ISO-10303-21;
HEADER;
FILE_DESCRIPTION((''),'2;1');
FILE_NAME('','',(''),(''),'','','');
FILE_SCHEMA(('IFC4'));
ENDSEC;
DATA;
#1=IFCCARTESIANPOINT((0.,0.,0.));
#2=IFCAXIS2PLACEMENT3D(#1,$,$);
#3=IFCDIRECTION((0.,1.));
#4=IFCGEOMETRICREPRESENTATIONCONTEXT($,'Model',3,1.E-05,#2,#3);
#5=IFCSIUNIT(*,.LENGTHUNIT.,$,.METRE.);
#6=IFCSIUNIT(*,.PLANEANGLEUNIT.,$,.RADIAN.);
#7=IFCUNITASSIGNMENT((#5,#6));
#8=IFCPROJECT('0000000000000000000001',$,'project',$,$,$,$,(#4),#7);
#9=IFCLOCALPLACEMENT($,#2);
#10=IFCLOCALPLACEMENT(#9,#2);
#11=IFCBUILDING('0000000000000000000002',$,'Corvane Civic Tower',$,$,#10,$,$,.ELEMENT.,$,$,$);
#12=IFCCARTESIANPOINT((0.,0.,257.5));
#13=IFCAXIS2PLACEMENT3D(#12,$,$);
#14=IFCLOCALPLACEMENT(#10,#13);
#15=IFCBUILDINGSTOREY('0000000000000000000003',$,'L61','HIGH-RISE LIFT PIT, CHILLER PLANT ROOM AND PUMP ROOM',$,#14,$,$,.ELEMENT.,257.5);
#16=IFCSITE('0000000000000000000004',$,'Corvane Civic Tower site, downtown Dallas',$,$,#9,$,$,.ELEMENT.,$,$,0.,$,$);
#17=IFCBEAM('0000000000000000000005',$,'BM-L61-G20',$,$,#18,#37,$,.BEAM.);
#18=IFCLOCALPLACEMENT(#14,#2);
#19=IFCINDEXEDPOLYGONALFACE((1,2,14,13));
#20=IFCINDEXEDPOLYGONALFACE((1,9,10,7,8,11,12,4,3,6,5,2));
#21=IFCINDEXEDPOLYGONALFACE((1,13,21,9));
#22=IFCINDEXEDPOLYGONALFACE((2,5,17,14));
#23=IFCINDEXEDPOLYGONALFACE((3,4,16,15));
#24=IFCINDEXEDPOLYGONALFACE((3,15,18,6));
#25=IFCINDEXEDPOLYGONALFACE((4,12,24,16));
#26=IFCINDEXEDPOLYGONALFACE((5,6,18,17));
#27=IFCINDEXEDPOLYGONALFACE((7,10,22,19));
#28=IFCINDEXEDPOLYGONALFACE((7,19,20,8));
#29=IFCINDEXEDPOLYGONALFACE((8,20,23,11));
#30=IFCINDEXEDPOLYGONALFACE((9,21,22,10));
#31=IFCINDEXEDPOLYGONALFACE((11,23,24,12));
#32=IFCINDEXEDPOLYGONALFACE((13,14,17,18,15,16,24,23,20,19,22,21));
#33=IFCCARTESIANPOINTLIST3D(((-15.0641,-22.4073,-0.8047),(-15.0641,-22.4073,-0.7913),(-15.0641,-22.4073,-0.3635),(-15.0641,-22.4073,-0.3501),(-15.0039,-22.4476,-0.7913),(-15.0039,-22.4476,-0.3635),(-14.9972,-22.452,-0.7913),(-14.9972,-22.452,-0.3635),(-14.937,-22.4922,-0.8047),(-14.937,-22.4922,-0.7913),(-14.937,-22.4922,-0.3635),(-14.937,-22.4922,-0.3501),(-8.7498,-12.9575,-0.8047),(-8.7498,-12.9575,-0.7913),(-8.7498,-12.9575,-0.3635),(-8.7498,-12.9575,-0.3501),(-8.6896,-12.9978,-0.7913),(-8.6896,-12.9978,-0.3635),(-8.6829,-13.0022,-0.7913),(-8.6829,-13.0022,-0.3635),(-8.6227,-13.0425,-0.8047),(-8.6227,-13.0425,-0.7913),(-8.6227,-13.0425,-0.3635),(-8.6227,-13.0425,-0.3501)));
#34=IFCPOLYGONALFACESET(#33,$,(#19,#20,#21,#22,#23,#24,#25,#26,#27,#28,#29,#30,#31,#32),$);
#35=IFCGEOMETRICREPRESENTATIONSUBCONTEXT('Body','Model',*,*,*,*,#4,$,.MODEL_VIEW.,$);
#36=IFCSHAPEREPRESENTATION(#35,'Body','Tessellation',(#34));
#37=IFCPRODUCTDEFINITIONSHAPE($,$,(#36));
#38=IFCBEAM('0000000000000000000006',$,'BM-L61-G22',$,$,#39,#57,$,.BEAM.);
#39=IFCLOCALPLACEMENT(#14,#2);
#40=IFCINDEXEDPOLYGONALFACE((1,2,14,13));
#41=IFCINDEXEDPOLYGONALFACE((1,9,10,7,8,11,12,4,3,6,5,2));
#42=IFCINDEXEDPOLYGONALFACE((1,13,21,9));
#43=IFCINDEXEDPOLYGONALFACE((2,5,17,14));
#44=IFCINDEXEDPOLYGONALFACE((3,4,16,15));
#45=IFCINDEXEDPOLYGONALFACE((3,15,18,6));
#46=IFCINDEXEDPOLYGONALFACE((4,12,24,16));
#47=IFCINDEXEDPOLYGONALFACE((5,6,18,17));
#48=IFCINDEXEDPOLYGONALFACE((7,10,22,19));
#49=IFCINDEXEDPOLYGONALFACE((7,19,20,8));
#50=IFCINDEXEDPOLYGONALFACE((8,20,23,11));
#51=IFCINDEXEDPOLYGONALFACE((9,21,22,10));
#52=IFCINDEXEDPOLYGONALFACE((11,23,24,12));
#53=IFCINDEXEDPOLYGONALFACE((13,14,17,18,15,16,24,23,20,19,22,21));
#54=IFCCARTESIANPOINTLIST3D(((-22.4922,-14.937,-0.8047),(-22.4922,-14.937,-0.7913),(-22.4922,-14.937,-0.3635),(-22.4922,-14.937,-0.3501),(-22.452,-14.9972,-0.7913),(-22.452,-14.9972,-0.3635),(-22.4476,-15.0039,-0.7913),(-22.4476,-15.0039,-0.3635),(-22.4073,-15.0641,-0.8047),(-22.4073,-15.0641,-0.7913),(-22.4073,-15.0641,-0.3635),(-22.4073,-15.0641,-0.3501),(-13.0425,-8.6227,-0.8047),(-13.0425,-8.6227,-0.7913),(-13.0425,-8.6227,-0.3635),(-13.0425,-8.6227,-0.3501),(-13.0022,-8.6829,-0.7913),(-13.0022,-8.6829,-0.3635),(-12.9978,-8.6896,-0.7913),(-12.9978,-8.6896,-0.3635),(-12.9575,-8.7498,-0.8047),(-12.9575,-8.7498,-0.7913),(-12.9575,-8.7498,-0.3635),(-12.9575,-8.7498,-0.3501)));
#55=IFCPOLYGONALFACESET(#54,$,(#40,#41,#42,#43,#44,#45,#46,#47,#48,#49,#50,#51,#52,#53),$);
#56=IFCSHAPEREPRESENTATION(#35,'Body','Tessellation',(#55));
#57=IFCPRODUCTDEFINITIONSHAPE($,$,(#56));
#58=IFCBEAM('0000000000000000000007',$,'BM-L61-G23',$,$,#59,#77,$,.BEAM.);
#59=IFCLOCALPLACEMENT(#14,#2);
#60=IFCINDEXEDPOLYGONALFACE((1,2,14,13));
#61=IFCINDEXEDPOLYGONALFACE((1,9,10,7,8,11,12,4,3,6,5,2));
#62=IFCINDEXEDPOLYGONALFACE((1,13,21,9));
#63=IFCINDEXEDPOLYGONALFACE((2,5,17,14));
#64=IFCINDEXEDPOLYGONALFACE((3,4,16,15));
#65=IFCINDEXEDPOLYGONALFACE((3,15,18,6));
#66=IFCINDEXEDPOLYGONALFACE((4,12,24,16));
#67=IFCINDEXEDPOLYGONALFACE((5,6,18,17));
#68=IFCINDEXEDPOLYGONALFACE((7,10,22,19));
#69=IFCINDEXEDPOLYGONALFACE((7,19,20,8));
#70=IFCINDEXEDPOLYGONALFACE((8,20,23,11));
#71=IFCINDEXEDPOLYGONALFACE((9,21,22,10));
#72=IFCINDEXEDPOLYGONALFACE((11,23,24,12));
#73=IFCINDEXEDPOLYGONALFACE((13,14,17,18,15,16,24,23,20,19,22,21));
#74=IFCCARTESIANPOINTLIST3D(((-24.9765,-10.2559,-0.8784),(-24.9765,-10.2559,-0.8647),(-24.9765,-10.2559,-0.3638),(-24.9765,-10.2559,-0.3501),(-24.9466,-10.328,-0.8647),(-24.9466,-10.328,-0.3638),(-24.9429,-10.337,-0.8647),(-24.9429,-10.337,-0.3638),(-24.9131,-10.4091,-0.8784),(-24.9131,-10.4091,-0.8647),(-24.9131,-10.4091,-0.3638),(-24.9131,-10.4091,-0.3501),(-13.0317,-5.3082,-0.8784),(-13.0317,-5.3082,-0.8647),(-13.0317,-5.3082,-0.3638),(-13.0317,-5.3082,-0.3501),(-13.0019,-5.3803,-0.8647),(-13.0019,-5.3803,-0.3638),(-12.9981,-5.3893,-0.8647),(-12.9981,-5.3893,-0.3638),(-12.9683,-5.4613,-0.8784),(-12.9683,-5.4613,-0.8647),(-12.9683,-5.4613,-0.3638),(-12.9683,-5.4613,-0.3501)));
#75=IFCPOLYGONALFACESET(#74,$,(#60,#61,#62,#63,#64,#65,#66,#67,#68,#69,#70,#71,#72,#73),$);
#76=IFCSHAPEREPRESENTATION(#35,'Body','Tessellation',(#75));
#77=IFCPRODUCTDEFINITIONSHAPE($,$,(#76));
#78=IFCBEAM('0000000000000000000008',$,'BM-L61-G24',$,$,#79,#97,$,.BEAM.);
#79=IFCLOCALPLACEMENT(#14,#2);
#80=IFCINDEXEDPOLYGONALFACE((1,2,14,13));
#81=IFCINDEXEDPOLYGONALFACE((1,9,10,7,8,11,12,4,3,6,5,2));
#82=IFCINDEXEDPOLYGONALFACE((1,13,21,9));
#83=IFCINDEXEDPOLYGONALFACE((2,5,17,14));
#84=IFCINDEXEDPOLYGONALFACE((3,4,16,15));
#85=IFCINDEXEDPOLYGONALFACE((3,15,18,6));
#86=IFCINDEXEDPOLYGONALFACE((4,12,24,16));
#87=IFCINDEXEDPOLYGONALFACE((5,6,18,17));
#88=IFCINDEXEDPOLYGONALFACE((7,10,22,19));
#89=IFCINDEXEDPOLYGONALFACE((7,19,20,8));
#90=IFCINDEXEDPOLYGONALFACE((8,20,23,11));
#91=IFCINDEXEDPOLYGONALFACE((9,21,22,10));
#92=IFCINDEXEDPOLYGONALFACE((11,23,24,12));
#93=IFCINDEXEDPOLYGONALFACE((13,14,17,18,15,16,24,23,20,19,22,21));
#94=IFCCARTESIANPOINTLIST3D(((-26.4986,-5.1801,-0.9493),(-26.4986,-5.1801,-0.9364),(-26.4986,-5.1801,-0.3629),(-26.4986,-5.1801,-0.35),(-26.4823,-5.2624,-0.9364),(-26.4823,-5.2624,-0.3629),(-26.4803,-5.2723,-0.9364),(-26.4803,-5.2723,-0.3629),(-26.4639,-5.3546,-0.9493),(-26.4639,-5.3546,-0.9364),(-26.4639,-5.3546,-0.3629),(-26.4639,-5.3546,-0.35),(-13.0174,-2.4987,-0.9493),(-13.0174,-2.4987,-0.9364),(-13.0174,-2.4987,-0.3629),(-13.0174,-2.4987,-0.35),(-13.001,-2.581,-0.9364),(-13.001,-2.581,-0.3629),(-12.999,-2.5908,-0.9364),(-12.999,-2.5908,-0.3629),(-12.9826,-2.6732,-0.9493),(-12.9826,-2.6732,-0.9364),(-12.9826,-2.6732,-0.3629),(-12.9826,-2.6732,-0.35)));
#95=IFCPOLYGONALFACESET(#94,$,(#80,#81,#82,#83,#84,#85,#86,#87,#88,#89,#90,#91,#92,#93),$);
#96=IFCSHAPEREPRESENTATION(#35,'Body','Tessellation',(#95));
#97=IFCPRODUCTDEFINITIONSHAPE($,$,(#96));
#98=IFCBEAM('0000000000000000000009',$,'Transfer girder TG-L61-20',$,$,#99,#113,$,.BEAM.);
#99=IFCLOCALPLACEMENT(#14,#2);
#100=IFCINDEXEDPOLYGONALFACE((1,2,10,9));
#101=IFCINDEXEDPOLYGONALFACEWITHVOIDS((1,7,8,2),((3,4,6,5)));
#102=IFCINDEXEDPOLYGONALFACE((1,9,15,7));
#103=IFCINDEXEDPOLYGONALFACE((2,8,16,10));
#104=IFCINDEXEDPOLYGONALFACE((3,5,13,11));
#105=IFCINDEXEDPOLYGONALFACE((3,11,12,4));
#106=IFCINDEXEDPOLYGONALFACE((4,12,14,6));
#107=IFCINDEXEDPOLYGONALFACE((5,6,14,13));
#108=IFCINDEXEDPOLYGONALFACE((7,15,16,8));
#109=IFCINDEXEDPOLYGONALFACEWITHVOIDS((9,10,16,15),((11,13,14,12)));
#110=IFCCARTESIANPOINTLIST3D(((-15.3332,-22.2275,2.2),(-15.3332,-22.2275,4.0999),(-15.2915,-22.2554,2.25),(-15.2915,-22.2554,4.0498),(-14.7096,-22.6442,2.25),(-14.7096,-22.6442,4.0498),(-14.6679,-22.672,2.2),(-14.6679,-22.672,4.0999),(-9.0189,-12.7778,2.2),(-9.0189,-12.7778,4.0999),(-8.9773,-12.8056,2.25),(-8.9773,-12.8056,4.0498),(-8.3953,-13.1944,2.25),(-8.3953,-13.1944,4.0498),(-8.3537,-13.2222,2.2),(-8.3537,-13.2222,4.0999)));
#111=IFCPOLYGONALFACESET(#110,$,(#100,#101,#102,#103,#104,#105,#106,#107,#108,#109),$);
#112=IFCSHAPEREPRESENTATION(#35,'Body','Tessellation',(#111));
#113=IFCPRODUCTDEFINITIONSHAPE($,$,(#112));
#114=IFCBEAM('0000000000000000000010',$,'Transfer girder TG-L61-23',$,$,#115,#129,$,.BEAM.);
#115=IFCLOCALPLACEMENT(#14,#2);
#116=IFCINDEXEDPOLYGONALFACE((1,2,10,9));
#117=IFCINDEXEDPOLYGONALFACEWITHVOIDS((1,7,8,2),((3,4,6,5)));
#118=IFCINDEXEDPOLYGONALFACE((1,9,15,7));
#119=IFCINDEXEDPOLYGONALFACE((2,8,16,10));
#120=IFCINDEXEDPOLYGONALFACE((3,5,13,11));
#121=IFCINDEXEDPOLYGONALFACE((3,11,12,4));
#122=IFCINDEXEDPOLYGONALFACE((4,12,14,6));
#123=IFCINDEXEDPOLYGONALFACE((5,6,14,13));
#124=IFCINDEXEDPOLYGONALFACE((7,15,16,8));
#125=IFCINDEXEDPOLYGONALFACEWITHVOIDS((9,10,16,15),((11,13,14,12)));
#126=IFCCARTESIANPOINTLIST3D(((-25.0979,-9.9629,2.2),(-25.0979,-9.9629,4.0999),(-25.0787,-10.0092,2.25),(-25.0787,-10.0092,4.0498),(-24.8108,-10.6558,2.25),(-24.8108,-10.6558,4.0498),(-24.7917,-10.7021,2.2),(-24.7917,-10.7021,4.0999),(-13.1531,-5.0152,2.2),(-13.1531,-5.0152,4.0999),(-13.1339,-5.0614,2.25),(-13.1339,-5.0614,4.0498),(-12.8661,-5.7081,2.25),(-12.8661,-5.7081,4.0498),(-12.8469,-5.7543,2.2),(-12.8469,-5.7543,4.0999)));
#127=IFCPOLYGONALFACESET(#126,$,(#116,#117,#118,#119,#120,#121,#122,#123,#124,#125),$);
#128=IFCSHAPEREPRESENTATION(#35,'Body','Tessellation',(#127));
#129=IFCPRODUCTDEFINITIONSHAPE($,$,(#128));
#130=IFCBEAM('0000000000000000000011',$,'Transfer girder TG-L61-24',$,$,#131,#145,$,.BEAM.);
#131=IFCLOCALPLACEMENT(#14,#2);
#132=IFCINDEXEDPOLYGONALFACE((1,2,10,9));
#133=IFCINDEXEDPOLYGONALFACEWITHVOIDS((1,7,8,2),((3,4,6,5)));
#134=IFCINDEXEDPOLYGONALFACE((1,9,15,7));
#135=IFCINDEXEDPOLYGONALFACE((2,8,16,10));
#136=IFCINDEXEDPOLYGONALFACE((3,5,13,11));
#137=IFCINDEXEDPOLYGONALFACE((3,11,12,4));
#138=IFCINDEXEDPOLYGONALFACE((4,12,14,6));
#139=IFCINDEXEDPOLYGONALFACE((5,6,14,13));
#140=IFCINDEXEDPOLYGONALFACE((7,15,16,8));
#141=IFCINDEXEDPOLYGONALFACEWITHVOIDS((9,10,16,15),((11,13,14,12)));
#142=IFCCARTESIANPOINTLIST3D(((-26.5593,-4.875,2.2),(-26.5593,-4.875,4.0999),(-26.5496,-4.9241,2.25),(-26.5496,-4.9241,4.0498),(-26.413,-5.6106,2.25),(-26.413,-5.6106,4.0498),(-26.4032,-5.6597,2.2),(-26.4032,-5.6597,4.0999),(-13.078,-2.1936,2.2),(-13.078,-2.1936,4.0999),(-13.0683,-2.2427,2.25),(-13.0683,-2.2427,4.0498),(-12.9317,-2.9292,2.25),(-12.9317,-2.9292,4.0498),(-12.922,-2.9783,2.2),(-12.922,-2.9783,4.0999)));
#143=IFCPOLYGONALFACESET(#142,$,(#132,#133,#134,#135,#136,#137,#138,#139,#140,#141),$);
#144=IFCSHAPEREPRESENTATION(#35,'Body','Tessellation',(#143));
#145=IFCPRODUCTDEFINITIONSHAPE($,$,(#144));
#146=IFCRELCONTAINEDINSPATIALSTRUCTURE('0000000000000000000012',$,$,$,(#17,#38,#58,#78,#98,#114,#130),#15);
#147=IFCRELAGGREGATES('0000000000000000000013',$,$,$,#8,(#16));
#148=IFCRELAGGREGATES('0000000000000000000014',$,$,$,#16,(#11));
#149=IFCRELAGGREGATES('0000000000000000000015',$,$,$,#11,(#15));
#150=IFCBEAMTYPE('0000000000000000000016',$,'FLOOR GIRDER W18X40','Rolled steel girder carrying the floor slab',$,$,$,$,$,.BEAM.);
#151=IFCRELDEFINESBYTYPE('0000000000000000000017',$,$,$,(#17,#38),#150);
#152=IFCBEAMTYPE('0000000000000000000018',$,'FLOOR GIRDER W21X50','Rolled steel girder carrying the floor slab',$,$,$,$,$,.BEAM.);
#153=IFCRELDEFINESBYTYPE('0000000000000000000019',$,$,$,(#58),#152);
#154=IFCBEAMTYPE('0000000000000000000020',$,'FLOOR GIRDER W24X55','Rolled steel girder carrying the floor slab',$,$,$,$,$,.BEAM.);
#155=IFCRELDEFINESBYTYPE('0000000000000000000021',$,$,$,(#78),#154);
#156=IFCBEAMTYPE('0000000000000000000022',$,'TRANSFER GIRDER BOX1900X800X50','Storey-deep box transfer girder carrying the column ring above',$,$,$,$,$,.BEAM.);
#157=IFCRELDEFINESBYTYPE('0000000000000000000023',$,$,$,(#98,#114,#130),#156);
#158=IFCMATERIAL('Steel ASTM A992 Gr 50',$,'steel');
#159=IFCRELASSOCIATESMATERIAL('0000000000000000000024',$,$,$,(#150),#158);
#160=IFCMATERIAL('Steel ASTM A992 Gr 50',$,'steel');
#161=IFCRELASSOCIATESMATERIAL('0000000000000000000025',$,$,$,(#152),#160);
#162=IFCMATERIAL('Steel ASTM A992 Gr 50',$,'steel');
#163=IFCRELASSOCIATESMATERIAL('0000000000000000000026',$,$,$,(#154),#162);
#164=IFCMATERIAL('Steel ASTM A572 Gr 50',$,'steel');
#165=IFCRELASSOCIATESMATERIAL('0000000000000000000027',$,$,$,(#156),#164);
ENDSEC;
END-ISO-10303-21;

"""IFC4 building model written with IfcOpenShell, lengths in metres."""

from ifc_helpers import new_model, si_unit, direction, frame, origin, origin_2d, place, context, subcontext, project, spatial, hollow_rectangle, i_section, extrude, material, material_profile, profile_set, type_object, element, save


model = new_model("IFC4")

# Units and contexts
model_context = context("Model", 3, precision=1e-05, world=origin(), true_north=direction((0.0, 1.0)))
body_context = subcontext(model_context, "Body", "Model", "MODEL_VIEW")
ifc_project = project(units=[si_unit("LENGTHUNIT", "METRE"), si_unit("PLANEANGLEUNIT", "RADIAN")], contexts=[model_context])

# Site, building, storey
site_placement = place(None, origin())
site = spatial("IfcSite", under=ifc_project, at=site_placement, Name="Corvane Civic Tower site, downtown Dallas", CompositionType="ELEMENT", RefElevation=0.0)
building_placement = place(site_placement, origin())
building = spatial("IfcBuilding", under=site, at=building_placement, Name="Corvane Civic Tower", CompositionType="ELEMENT")
storey_placement = place(building_placement, frame((0.0, 0.0, 257.5)))
storey = spatial("IfcBuildingStorey", under=building, at=storey_placement, Name="L61", Description="HIGH-RISE LIFT PIT, CHILLER PLANT ROOM AND PUMP ROOM", CompositionType="ELEMENT", Elevation=257.5)

# Beams
ifc_material_1 = material(Name="Steel ASTM A992 Gr 50", Category="steel")
ifc_material_profile_1 = material_profile(ifc_material_1, i_section(OverallWidth=0.1528, OverallDepth=0.4546, WebThickness=0.0081, FlangeThickness=0.0134, at=origin_2d()), Name="W18X40")
ifc_profile_set_1 = profile_set([ifc_material_profile_1], Name="Steel ASTM A992 Gr 50")
beam_type_1 = type_object("IfcBeamType", Name="FLOOR GIRDER W18X40", Description="Rolled steel girder carrying the floor slab", PredefinedType="BEAM", material=ifc_profile_set_1)
for number, where, z_axis, x_axis, name in (
    (1, (-8.6863, -13.0, -0.5774), (-0.555577, -0.831465, 0.0), (0.831465, -0.555577, 0.0), "BM-L61-G20"),
    (2, (-13.0, -8.6863, -0.5774), (-0.831465, -0.555577, 0.0), (0.555577, -0.831465, 0.0), "BM-L61-G22"),
):
    element("IfcBeam", number, at=place(storey_placement, frame(where, z_axis=z_axis, x_axis=x_axis)), inside=storey, type_object=beam_type_1, Name=name, PredefinedType="BEAM", context=body_context, shape_type="SweptSolid", body=[
        extrude(i_section(OverallWidth=0.1528, OverallDepth=0.4546, WebThickness=0.0081, FlangeThickness=0.0134, at=origin_2d()), origin(), (0.0, 0.0, 1.0), 11.3652),
    ])
ifc_material_2 = material(Name="Steel ASTM A992 Gr 50", Category="steel")
ifc_material_profile_2 = material_profile(ifc_material_2, i_section(OverallWidth=0.1658, OverallDepth=0.5283, WebThickness=0.0098, FlangeThickness=0.0137, at=origin_2d()), Name="W21X50")
ifc_profile_set_2 = profile_set([ifc_material_profile_2], Name="Steel ASTM A992 Gr 50")
beam_type_2 = type_object("IfcBeamType", Name="FLOOR GIRDER W21X50", Description="Rolled steel girder carrying the floor slab", PredefinedType="BEAM", material=ifc_profile_set_2)
beam_1_placement = place(storey_placement, frame((-13.0, -5.3848, -0.6143), z_axis=(-0.923878, -0.382686, 0.0), x_axis=(0.382686, -0.923878, 0.0)))
element("IfcBeam", 3, at=beam_1_placement, inside=storey, type_object=beam_type_2, Name="BM-L61-G23", PredefinedType="BEAM", context=body_context, shape_type="SweptSolid", body=[
    extrude(i_section(OverallWidth=0.1658, OverallDepth=0.5283, WebThickness=0.0098, FlangeThickness=0.0137, at=origin_2d()), origin(), (0.0, 0.0, 1.0), 12.929),
])
ifc_material_3 = material(Name="Steel ASTM A992 Gr 50", Category="steel")
ifc_material_profile_3 = material_profile(ifc_material_3, i_section(OverallWidth=0.178, OverallDepth=0.5994, WebThickness=0.01, FlangeThickness=0.0129, at=origin_2d()), Name="W24X55")
ifc_profile_set_3 = profile_set([ifc_material_profile_3], Name="Steel ASTM A992 Gr 50")
beam_type_3 = type_object("IfcBeamType", Name="FLOOR GIRDER W24X55", Description="Rolled steel girder carrying the floor slab", PredefinedType="BEAM", material=ifc_profile_set_3)
beam_2_placement = place(storey_placement, frame((-13.0, -2.5859, -0.6497), z_axis=(-0.980788, -0.195078, 0.0), x_axis=(0.195078, -0.980788, 0.0)))
element("IfcBeam", 4, at=beam_2_placement, inside=storey, type_object=beam_type_3, Name="BM-L61-G24", PredefinedType="BEAM", context=body_context, shape_type="SweptSolid", body=[
    extrude(i_section(OverallWidth=0.178, OverallDepth=0.5994, WebThickness=0.01, FlangeThickness=0.0129, at=origin_2d()), origin(), (0.0, 0.0, 1.0), 13.7454),
])
ifc_material_4 = material(Name="Steel ASTM A572 Gr 50", Category="steel")
ifc_material_profile_4 = material_profile(ifc_material_4, hollow_rectangle(XDim=0.8, YDim=1.8999, WallThickness=0.05, at=origin_2d()), Name="BOX1900X800X50")
ifc_profile_set_4 = profile_set([ifc_material_profile_4], Name="Steel ASTM A572 Gr 50")
beam_type_4 = type_object("IfcBeamType", Name="TRANSFER GIRDER BOX1900X800X50", Description="Storey-deep box transfer girder carrying the column ring above", PredefinedType="BEAM", material=ifc_profile_set_4)
beam_3_placement = place(storey_placement, frame((-8.6863, -13.0, 3.1499), z_axis=(-0.555577, -0.831465, 0.0), x_axis=(0.831465, -0.555577, 0.0)))
element("IfcBeam", 5, at=beam_3_placement, inside=storey, type_object=beam_type_4, Name="Transfer girder TG-L61-20", PredefinedType="BEAM", context=body_context, shape_type="SweptSolid", body=[
    extrude(hollow_rectangle(XDim=0.8, YDim=1.8999, WallThickness=0.05, at=origin_2d()), origin(), (0.0, 0.0, 1.0), 11.3652),
])
beam_4_placement = place(storey_placement, frame((-13.0, -5.3848, 3.1499), z_axis=(-0.923878, -0.382686, 0.0), x_axis=(0.382686, -0.923878, 0.0)))
element("IfcBeam", 6, at=beam_4_placement, inside=storey, type_object=beam_type_4, Name="Transfer girder TG-L61-23", PredefinedType="BEAM", context=body_context, shape_type="SweptSolid", body=[
    extrude(hollow_rectangle(XDim=0.8, YDim=1.8999, WallThickness=0.05, at=origin_2d()), origin(), (0.0, 0.0, 1.0), 12.929),
])
beam_5_placement = place(storey_placement, frame((-13.0, -2.5859, 3.1499), z_axis=(-0.980788, -0.195078, 0.0), x_axis=(0.195078, -0.980788, 0.0)))
element("IfcBeam", 7, at=beam_5_placement, inside=storey, type_object=beam_type_4, Name="Transfer girder TG-L61-24", PredefinedType="BEAM", context=body_context, shape_type="SweptSolid", body=[
    extrude(hollow_rectangle(XDim=0.8, YDim=1.8999, WallThickness=0.05, at=origin_2d()), origin(), (0.0, 0.0, 1.0), 13.7454),
])

save(model, "model.ifc")
